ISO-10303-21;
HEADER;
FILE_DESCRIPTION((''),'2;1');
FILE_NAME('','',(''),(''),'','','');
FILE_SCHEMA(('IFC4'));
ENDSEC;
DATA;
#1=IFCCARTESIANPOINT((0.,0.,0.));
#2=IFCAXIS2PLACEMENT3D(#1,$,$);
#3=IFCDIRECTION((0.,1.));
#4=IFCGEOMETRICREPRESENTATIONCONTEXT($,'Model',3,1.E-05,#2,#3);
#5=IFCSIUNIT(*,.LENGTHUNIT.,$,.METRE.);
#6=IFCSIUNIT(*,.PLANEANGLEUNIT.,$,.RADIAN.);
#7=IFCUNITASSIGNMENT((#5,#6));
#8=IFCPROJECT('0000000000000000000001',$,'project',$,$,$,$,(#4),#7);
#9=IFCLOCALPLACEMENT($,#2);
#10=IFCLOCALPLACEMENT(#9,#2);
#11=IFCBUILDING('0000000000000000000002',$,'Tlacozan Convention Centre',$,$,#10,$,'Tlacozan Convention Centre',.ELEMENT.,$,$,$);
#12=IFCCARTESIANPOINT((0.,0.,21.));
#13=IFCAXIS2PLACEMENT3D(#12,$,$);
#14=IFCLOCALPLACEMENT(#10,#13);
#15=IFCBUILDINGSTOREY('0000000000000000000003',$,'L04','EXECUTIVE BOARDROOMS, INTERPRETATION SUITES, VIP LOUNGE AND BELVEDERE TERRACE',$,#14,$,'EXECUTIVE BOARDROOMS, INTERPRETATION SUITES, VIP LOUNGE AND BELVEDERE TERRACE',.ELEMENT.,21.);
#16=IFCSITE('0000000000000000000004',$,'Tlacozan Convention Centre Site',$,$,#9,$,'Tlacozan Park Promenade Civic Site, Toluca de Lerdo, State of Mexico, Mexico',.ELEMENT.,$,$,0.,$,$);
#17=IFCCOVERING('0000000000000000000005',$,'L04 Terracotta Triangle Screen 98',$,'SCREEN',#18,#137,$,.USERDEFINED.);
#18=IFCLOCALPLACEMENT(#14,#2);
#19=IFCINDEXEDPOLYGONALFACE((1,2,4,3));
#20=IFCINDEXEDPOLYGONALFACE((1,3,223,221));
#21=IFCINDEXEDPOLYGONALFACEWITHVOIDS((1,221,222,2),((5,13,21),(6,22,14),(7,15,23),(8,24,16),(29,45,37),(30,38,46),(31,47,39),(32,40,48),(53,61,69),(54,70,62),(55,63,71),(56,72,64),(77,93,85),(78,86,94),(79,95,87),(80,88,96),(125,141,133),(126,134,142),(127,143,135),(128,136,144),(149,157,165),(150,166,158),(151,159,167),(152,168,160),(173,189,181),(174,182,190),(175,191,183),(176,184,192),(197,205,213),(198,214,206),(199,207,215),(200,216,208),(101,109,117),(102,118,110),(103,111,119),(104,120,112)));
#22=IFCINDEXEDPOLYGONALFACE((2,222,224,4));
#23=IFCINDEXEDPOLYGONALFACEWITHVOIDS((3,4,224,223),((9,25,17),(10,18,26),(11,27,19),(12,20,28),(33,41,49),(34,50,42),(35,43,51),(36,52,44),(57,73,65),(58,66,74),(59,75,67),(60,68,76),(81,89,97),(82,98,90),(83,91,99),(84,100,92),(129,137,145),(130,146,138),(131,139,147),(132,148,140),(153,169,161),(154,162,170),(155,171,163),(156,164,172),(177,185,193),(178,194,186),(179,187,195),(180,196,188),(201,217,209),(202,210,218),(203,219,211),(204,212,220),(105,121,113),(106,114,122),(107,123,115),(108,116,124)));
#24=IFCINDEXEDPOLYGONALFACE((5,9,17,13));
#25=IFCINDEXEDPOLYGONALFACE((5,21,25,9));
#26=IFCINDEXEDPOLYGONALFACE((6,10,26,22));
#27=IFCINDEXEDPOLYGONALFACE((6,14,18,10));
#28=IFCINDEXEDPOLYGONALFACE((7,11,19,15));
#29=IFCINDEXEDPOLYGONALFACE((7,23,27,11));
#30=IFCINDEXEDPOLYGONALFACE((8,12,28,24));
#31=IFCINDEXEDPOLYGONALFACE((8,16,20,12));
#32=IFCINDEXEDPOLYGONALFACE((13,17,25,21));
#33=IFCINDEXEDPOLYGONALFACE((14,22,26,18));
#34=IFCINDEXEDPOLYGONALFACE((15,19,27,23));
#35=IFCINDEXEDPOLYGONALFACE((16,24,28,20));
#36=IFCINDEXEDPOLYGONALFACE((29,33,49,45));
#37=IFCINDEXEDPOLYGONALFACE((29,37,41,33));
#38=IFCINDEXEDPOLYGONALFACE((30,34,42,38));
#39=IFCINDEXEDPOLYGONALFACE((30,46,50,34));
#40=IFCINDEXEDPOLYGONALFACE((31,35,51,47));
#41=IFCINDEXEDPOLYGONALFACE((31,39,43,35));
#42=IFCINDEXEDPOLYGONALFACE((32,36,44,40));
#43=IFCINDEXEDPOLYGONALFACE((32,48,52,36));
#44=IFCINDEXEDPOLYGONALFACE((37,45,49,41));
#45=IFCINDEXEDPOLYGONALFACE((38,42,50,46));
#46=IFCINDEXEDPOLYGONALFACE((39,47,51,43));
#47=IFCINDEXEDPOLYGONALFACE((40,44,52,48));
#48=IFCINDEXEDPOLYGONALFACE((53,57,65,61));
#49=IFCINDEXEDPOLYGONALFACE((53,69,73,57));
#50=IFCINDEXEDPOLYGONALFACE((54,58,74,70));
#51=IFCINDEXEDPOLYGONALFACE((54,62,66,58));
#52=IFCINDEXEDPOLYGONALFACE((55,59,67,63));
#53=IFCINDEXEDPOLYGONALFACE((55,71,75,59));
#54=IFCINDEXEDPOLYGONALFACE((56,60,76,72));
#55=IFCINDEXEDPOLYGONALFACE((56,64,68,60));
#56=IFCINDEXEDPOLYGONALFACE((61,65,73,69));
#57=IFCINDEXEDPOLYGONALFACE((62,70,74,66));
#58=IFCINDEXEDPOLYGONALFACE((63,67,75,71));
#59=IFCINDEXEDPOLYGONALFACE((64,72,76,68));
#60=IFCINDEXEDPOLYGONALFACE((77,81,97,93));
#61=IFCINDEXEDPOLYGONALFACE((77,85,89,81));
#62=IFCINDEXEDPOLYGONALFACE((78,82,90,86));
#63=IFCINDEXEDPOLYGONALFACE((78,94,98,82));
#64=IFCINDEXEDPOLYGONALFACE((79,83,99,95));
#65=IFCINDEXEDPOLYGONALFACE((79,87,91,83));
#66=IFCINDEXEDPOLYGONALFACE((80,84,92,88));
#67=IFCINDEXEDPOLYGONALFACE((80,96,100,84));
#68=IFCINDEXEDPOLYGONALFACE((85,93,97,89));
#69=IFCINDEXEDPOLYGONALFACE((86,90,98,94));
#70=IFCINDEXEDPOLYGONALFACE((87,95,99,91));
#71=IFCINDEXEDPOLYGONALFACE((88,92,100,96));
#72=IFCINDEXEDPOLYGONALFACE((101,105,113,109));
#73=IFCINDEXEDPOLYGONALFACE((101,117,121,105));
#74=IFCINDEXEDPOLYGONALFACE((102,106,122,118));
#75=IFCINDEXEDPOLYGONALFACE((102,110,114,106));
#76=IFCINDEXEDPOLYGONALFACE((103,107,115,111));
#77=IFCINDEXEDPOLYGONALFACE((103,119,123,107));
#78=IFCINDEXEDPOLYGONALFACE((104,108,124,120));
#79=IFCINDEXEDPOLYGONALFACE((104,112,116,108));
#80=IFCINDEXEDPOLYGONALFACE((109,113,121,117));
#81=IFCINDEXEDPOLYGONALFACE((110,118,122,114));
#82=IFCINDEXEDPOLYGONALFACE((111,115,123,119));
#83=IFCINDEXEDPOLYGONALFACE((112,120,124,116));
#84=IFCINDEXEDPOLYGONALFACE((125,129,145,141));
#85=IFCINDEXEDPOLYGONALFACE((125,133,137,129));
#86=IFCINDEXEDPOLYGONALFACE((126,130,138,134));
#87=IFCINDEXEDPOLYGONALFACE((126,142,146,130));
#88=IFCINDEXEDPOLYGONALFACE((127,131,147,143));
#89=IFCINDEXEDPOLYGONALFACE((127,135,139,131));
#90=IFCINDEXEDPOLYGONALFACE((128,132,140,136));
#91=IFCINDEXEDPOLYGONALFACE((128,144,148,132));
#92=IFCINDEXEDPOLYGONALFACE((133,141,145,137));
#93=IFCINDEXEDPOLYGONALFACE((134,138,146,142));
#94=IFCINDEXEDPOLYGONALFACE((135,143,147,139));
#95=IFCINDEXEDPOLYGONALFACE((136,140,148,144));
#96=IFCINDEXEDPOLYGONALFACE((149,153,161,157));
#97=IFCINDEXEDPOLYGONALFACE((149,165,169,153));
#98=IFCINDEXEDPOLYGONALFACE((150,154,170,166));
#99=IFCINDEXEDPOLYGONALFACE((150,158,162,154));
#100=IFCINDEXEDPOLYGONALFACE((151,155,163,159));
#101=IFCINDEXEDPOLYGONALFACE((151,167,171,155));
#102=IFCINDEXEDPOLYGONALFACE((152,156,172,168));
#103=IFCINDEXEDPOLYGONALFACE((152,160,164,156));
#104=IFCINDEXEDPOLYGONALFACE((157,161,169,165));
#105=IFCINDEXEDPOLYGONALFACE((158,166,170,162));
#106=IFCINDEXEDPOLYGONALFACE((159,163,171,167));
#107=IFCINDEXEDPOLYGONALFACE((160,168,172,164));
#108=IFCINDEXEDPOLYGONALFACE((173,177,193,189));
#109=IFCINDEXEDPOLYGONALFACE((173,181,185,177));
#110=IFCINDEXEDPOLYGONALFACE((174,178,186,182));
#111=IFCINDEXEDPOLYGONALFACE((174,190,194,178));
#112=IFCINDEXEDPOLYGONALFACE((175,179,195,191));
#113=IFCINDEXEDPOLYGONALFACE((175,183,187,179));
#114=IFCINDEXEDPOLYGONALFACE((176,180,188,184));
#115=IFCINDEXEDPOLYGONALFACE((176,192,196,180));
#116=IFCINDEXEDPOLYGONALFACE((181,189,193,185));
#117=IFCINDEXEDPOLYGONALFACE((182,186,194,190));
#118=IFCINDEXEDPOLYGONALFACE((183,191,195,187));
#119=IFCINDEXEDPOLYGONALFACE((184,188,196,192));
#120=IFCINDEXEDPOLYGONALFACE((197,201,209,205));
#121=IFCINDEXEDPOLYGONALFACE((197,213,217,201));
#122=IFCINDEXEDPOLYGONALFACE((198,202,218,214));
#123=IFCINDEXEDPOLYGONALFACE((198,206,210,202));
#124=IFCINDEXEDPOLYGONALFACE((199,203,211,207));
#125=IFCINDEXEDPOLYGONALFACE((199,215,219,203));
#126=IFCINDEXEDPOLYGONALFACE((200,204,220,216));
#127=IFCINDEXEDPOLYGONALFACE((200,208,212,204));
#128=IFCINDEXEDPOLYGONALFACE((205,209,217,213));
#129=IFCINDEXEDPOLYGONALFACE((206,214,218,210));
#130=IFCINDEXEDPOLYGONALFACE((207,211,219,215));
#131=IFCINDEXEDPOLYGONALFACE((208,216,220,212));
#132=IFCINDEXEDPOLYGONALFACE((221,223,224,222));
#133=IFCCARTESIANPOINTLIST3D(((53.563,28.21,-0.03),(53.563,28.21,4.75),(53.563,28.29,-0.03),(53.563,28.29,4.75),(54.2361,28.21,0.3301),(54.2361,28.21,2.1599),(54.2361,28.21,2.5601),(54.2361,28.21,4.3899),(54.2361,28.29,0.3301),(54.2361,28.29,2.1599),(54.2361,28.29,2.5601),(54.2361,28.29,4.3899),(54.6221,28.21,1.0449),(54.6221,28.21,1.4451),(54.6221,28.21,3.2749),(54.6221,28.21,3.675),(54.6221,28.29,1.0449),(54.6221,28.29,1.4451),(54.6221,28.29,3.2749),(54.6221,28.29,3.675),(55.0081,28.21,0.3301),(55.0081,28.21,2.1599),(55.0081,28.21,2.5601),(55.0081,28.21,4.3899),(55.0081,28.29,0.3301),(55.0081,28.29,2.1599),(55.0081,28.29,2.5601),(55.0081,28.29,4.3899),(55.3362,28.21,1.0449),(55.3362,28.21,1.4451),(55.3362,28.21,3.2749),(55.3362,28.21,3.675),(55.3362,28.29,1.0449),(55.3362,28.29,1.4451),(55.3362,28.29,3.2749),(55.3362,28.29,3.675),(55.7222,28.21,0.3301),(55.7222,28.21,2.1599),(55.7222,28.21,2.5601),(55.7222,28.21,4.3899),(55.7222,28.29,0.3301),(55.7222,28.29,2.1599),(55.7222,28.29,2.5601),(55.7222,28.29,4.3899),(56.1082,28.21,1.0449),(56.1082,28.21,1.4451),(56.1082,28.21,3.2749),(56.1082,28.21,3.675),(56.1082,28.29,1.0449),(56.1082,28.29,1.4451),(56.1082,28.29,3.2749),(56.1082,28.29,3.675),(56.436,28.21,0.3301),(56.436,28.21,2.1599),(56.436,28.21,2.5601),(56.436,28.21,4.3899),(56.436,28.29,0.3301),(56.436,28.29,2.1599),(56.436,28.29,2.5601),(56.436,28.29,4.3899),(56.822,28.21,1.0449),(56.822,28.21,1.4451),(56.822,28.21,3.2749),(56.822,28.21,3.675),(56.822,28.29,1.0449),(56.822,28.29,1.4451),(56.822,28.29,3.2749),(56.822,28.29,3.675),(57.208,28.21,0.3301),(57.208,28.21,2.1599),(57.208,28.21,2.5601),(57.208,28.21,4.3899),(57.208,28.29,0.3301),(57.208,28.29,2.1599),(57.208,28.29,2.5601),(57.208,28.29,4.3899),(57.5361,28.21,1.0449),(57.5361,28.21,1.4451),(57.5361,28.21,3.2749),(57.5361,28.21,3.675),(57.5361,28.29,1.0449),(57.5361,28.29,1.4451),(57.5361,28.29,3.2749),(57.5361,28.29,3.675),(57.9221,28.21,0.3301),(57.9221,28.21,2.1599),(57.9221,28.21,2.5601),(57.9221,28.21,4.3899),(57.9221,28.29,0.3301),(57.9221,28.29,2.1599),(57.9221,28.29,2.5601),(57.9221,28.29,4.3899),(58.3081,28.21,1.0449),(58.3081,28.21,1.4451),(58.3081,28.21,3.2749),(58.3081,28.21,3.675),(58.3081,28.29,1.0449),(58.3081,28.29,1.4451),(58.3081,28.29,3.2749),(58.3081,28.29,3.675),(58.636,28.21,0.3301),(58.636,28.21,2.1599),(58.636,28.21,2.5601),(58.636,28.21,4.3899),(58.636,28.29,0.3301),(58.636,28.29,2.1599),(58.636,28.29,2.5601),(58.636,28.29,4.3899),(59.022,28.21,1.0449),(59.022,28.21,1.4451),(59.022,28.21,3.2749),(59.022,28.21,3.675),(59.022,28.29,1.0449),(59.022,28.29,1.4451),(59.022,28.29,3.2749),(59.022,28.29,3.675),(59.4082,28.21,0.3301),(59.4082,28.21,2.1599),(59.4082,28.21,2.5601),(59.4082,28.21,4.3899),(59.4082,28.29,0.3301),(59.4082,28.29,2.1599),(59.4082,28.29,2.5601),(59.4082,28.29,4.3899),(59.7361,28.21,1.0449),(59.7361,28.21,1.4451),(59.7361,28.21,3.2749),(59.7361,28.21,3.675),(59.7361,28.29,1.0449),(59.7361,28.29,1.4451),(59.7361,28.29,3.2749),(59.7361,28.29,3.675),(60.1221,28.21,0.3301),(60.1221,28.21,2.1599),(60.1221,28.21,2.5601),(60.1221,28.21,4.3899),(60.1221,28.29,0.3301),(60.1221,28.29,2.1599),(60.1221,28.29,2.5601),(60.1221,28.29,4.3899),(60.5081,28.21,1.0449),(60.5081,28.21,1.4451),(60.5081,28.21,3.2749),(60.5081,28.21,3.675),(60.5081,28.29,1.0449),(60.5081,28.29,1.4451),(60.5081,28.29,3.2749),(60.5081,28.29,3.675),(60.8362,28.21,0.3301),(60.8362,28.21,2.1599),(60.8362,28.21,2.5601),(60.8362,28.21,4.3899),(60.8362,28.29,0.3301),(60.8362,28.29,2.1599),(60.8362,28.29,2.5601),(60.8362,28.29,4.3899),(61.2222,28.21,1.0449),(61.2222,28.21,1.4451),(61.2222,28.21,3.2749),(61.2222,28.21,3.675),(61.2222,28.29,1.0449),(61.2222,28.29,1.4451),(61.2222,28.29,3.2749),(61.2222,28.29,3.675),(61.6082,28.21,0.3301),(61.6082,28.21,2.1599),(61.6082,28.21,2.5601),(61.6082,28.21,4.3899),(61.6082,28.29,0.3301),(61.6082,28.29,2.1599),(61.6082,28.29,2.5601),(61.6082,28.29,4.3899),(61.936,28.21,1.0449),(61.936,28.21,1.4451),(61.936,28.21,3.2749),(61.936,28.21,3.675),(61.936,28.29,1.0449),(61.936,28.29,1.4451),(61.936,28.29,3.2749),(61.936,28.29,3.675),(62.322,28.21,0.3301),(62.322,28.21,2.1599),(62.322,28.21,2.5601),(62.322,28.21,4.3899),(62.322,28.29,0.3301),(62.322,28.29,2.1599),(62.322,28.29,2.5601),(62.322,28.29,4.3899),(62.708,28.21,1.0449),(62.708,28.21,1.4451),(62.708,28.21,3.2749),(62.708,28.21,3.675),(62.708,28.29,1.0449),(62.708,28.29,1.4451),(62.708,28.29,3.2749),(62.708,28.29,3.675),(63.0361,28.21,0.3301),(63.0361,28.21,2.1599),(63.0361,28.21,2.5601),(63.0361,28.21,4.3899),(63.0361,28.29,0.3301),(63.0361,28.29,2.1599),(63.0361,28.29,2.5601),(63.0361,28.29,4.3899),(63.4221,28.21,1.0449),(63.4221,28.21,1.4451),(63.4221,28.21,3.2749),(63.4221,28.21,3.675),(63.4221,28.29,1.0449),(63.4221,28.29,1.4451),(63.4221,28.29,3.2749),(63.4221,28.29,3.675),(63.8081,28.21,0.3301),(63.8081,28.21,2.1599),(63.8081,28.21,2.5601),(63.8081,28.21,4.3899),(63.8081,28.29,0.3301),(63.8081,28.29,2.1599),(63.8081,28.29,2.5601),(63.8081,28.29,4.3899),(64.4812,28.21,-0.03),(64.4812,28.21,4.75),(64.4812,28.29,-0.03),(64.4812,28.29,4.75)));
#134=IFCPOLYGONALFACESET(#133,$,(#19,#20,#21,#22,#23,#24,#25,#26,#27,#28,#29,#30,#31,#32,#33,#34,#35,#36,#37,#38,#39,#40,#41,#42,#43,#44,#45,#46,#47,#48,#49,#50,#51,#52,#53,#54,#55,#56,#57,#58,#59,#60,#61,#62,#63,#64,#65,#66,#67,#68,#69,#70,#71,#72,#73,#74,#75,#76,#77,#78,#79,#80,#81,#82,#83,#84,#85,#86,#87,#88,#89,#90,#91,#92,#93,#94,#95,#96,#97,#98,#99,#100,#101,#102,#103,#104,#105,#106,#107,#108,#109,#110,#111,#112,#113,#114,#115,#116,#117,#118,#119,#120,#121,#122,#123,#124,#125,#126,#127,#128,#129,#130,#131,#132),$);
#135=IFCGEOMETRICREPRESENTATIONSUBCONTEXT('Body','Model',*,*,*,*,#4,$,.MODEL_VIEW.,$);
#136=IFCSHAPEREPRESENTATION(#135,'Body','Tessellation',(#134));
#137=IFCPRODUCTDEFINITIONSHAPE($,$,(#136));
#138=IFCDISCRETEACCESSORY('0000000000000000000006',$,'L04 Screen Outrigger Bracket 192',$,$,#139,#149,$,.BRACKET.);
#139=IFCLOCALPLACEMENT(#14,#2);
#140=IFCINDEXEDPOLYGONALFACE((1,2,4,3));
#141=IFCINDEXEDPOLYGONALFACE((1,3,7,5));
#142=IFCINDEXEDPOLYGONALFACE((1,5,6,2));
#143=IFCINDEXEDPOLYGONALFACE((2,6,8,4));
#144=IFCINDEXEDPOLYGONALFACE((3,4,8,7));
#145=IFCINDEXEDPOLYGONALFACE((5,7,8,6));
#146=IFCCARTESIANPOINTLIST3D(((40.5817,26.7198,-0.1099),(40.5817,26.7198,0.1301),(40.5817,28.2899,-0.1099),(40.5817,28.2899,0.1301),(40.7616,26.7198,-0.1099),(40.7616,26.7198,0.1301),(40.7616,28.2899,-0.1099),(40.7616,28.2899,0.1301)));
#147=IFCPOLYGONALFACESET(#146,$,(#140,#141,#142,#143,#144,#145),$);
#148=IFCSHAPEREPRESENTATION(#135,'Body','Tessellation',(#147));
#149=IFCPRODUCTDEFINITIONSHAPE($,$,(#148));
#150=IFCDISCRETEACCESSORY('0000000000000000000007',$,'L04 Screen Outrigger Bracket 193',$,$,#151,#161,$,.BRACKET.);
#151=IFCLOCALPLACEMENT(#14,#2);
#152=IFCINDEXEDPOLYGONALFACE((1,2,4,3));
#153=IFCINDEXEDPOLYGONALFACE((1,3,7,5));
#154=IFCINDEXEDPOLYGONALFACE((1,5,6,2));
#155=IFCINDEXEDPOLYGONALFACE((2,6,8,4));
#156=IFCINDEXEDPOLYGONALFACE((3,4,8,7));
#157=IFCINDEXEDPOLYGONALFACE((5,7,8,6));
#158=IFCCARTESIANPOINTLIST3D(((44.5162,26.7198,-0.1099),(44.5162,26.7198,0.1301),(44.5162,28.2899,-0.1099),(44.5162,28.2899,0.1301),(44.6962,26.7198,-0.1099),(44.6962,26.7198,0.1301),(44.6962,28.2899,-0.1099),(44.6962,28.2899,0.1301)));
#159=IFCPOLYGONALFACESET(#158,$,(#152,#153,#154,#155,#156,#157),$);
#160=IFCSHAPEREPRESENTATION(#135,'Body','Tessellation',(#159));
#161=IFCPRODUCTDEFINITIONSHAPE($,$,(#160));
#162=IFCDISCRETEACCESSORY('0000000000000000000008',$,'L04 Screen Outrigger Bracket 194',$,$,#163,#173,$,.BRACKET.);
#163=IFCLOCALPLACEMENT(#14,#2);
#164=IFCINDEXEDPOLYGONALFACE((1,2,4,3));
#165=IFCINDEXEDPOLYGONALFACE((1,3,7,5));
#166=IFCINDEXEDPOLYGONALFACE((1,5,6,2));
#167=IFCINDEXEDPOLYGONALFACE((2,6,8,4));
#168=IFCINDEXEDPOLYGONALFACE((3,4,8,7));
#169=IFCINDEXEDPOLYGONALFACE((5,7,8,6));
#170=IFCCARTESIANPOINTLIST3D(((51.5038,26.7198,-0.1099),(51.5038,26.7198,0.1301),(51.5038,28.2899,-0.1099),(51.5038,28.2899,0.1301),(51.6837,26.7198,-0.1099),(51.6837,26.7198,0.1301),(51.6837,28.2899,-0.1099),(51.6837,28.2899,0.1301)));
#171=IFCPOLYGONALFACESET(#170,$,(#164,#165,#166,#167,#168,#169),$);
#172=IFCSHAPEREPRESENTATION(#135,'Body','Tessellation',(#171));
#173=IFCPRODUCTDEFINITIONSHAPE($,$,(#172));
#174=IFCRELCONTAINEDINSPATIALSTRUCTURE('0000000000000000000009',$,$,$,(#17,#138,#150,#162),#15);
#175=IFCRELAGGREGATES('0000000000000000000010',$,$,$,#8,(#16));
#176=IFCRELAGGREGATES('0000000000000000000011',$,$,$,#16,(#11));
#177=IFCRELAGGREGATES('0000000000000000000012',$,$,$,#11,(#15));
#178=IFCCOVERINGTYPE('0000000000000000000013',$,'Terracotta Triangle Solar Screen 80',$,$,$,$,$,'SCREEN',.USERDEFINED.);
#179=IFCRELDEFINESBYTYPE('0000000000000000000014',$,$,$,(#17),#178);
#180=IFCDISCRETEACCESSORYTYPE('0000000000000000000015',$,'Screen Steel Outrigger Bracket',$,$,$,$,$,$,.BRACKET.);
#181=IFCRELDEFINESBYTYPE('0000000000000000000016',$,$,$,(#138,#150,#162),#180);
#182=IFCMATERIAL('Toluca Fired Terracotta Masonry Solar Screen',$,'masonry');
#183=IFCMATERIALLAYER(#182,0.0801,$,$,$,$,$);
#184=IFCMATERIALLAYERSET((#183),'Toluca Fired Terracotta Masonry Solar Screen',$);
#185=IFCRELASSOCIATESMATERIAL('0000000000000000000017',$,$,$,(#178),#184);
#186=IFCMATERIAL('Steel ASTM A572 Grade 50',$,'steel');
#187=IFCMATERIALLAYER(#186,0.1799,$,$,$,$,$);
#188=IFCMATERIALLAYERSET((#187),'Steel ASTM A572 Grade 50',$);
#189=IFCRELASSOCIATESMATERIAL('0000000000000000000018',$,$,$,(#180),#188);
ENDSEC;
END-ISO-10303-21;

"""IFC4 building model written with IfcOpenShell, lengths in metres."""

from ifc_helpers import new_model, si_unit, direction, frame, origin, origin_2d, place, context, subcontext, project, spatial, polyline, rectangle, outline, extrude, material, layer, layer_set, type_object, element, save


model = new_model("IFC4")

# Units and contexts
model_context = context("Model", 3, precision=1e-05, world=origin(), true_north=direction((0.0, 1.0)))
body_context = subcontext(model_context, "Body", "Model", "MODEL_VIEW")
ifc_project = project(units=[si_unit("LENGTHUNIT", "METRE"), si_unit("PLANEANGLEUNIT", "RADIAN")], contexts=[model_context])

# Site, building, storey
site_placement = place(None, origin())
site = spatial("IfcSite", under=ifc_project, at=site_placement, Name="Tlacozan Convention Centre Site", LongName="Tlacozan Park Promenade Civic Site, Toluca de Lerdo, State of Mexico, Mexico", CompositionType="ELEMENT", RefElevation=0.0)
building_placement = place(site_placement, origin())
building = spatial("IfcBuilding", under=site, at=building_placement, Name="Tlacozan Convention Centre", LongName="Tlacozan Convention Centre", CompositionType="ELEMENT")
storey_placement = place(building_placement, frame((0.0, 0.0, 21.0)))
storey = spatial("IfcBuildingStorey", under=building, at=storey_placement, Name="L04", Description="EXECUTIVE BOARDROOMS, INTERPRETATION SUITES, VIP LOUNGE AND BELVEDERE TERRACE", LongName="EXECUTIVE BOARDROOMS, INTERPRETATION SUITES, VIP LOUNGE AND BELVEDERE TERRACE", CompositionType="ELEMENT", Elevation=21.0)

# Covering
ifc_material_1 = material(Name="Toluca Fired Terracotta Masonry Solar Screen", Category="masonry")
ifc_layer_1 = layer(ifc_material_1, 0.0801)
ifc_layer_set_1 = layer_set([ifc_layer_1], Name="Toluca Fired Terracotta Masonry Solar Screen")
covering_type = type_object("IfcCoveringType", Name="Terracotta Triangle Solar Screen 80", ElementType="SCREEN", PredefinedType="USERDEFINED", material=ifc_layer_set_1)
covering_1_placement = place(storey_placement, frame((53.563, 28.25, -0.03), z_axis=(0.0, 0.0, 1.0), x_axis=(1.0, 0.0, 0.0)))
element("IfcCovering", 1, at=covering_1_placement, inside=storey, type_object=covering_type, Name="L04 Terracotta Triangle Screen 98", ObjectType="SCREEN", PredefinedType="USERDEFINED", context=body_context, shape_type="SweptSolid", body=[
    extrude(outline(polyline([(0.0, 0.0), (10.9182, 0.0), (10.9182, 4.78), (0.0, 4.78), (0.0, 0.0)]), holes=[polyline([(0.6731, 0.3601), (1.4451, 0.3601), (1.0591, 1.075), (0.6731, 0.3601)]), polyline([(1.7732, 1.075), (2.5452, 1.075), (2.1592, 0.3601), (1.7732, 1.075)]), polyline([(2.873, 0.3601), (3.645, 0.3601), (3.259, 1.075), (2.873, 0.3601)]), polyline([(3.9731, 1.075), (4.7451, 1.075), (4.3591, 0.3601), (3.9731, 1.075)]), polyline([(5.073, 0.3601), (5.8452, 0.3601), (5.459, 1.075), (5.073, 0.3601)]), polyline([(6.1731, 1.075), (6.9451, 1.075), (6.5591, 0.3601), (6.1731, 1.075)]), polyline([(7.2732, 0.3601), (8.0452, 0.3601), (7.6592, 1.075), (7.2732, 0.3601)]), polyline([(8.373, 1.075), (9.145, 1.075), (8.759, 0.3601), (8.373, 1.075)]), polyline([(9.4731, 0.3601), (10.2451, 0.3601), (9.8591, 1.075), (9.4731, 0.3601)]), polyline([(0.6731, 2.1899), (1.4451, 2.1899), (1.0591, 1.4751), (0.6731, 2.1899)]), polyline([(1.7732, 1.4751), (2.5452, 1.4751), (2.1592, 2.1899), (1.7732, 1.4751)]), polyline([(2.873, 2.1899), (3.645, 2.1899), (3.259, 1.4751), (2.873, 2.1899)]), polyline([(3.9731, 1.4751), (4.7451, 1.4751), (4.3591, 2.1899), (3.9731, 1.4751)]), polyline([(5.073, 2.1899), (5.8452, 2.1899), (5.459, 1.4751), (5.073, 2.1899)]), polyline([(6.1731, 1.4751), (6.9451, 1.4751), (6.5591, 2.1899), (6.1731, 1.4751)]), polyline([(7.2732, 2.1899), (8.0452, 2.1899), (7.6592, 1.4751), (7.2732, 2.1899)]), polyline([(8.373, 1.4751), (9.145, 1.4751), (8.759, 2.1899), (8.373, 1.4751)]), polyline([(9.4731, 2.1899), (10.2451, 2.1899), (9.8591, 1.4751), (9.4731, 2.1899)]), polyline([(0.6731, 2.5901), (1.4451, 2.5901), (1.0591, 3.3049), (0.6731, 2.5901)]), polyline([(1.7732, 3.3049), (2.5452, 3.3049), (2.1592, 2.5901), (1.7732, 3.3049)]), polyline([(2.873, 2.5901), (3.645, 2.5901), (3.259, 3.3049), (2.873, 2.5901)]), polyline([(3.9731, 3.3049), (4.7451, 3.3049), (4.3591, 2.5901), (3.9731, 3.3049)]), polyline([(5.073, 2.5901), (5.8452, 2.5901), (5.459, 3.3049), (5.073, 2.5901)]), polyline([(6.1731, 3.3049), (6.9451, 3.3049), (6.5591, 2.5901), (6.1731, 3.3049)]), polyline([(7.2732, 2.5901), (8.0452, 2.5901), (7.6592, 3.3049), (7.2732, 2.5901)]), polyline([(8.373, 3.3049), (9.145, 3.3049), (8.759, 2.5901), (8.373, 3.3049)]), polyline([(9.4731, 2.5901), (10.2451, 2.5901), (9.8591, 3.3049), (9.4731, 2.5901)]), polyline([(0.6731, 4.4199), (1.4451, 4.4199), (1.0591, 3.7051), (0.6731, 4.4199)]), polyline([(1.7732, 3.7051), (2.5452, 3.7051), (2.1592, 4.4199), (1.7732, 3.7051)]), polyline([(2.873, 4.4199), (3.645, 4.4199), (3.259, 3.7051), (2.873, 4.4199)]), polyline([(3.9731, 3.7051), (4.7451, 3.7051), (4.3591, 4.4199), (3.9731, 3.7051)]), polyline([(5.073, 4.4199), (5.8452, 4.4199), (5.459, 3.7051), (5.073, 4.4199)]), polyline([(6.1731, 3.7051), (6.9451, 3.7051), (6.5591, 4.4199), (6.1731, 3.7051)]), polyline([(7.2732, 4.4199), (8.0452, 4.4199), (7.6592, 3.7051), (7.2732, 4.4199)]), polyline([(8.373, 3.7051), (9.145, 3.7051), (8.759, 4.4199), (8.373, 3.7051)]), polyline([(9.4731, 4.4199), (10.2451, 4.4199), (9.8591, 3.7051), (9.4731, 4.4199)])]), frame((0.0, 0.04, 0.0), z_axis=(0.0, -1.0, 0.0), x_axis=(1.0, 0.0, 0.0)), (0.0, 0.0, 1.0), 0.0801),
])

# Discrete accessories
ifc_material_2 = material(Name="Steel ASTM A572 Grade 50", Category="steel")
ifc_layer_2 = layer(ifc_material_2, 0.1799)
ifc_layer_set_2 = layer_set([ifc_layer_2], Name="Steel ASTM A572 Grade 50")
discrete_accessory_type = type_object("IfcDiscreteAccessoryType", Name="Screen Steel Outrigger Bracket", PredefinedType="BRACKET", material=ifc_layer_set_2)
for number, where, z_axis, x_axis, name in (
    (2, (40.6716, 27.5049, -0.1099), (0.0, 0.0, 1.0), (0.0, -1.0, 0.0), "L04 Screen Outrigger Bracket 192"),
    (3, (44.6062, 27.5049, -0.1099), (0.0, 0.0, 1.0), (0.0, -1.0, 0.0), "L04 Screen Outrigger Bracket 193"),
    (4, (51.5938, 27.5049, -0.1099), (0.0, 0.0, 1.0), (0.0, -1.0, 0.0), "L04 Screen Outrigger Bracket 194"),
):
    element("IfcDiscreteAccessory", number, at=place(storey_placement, frame(where, z_axis=z_axis, x_axis=x_axis)), inside=storey, type_object=discrete_accessory_type, Name=name, PredefinedType="BRACKET", context=body_context, shape_type="SweptSolid", body=[
        extrude(rectangle(XDim=1.5701, YDim=0.1799, at=origin_2d()), origin(), (0.0, 0.0, 1.0), 0.24),
    ])

save(model, "model.ifc")
